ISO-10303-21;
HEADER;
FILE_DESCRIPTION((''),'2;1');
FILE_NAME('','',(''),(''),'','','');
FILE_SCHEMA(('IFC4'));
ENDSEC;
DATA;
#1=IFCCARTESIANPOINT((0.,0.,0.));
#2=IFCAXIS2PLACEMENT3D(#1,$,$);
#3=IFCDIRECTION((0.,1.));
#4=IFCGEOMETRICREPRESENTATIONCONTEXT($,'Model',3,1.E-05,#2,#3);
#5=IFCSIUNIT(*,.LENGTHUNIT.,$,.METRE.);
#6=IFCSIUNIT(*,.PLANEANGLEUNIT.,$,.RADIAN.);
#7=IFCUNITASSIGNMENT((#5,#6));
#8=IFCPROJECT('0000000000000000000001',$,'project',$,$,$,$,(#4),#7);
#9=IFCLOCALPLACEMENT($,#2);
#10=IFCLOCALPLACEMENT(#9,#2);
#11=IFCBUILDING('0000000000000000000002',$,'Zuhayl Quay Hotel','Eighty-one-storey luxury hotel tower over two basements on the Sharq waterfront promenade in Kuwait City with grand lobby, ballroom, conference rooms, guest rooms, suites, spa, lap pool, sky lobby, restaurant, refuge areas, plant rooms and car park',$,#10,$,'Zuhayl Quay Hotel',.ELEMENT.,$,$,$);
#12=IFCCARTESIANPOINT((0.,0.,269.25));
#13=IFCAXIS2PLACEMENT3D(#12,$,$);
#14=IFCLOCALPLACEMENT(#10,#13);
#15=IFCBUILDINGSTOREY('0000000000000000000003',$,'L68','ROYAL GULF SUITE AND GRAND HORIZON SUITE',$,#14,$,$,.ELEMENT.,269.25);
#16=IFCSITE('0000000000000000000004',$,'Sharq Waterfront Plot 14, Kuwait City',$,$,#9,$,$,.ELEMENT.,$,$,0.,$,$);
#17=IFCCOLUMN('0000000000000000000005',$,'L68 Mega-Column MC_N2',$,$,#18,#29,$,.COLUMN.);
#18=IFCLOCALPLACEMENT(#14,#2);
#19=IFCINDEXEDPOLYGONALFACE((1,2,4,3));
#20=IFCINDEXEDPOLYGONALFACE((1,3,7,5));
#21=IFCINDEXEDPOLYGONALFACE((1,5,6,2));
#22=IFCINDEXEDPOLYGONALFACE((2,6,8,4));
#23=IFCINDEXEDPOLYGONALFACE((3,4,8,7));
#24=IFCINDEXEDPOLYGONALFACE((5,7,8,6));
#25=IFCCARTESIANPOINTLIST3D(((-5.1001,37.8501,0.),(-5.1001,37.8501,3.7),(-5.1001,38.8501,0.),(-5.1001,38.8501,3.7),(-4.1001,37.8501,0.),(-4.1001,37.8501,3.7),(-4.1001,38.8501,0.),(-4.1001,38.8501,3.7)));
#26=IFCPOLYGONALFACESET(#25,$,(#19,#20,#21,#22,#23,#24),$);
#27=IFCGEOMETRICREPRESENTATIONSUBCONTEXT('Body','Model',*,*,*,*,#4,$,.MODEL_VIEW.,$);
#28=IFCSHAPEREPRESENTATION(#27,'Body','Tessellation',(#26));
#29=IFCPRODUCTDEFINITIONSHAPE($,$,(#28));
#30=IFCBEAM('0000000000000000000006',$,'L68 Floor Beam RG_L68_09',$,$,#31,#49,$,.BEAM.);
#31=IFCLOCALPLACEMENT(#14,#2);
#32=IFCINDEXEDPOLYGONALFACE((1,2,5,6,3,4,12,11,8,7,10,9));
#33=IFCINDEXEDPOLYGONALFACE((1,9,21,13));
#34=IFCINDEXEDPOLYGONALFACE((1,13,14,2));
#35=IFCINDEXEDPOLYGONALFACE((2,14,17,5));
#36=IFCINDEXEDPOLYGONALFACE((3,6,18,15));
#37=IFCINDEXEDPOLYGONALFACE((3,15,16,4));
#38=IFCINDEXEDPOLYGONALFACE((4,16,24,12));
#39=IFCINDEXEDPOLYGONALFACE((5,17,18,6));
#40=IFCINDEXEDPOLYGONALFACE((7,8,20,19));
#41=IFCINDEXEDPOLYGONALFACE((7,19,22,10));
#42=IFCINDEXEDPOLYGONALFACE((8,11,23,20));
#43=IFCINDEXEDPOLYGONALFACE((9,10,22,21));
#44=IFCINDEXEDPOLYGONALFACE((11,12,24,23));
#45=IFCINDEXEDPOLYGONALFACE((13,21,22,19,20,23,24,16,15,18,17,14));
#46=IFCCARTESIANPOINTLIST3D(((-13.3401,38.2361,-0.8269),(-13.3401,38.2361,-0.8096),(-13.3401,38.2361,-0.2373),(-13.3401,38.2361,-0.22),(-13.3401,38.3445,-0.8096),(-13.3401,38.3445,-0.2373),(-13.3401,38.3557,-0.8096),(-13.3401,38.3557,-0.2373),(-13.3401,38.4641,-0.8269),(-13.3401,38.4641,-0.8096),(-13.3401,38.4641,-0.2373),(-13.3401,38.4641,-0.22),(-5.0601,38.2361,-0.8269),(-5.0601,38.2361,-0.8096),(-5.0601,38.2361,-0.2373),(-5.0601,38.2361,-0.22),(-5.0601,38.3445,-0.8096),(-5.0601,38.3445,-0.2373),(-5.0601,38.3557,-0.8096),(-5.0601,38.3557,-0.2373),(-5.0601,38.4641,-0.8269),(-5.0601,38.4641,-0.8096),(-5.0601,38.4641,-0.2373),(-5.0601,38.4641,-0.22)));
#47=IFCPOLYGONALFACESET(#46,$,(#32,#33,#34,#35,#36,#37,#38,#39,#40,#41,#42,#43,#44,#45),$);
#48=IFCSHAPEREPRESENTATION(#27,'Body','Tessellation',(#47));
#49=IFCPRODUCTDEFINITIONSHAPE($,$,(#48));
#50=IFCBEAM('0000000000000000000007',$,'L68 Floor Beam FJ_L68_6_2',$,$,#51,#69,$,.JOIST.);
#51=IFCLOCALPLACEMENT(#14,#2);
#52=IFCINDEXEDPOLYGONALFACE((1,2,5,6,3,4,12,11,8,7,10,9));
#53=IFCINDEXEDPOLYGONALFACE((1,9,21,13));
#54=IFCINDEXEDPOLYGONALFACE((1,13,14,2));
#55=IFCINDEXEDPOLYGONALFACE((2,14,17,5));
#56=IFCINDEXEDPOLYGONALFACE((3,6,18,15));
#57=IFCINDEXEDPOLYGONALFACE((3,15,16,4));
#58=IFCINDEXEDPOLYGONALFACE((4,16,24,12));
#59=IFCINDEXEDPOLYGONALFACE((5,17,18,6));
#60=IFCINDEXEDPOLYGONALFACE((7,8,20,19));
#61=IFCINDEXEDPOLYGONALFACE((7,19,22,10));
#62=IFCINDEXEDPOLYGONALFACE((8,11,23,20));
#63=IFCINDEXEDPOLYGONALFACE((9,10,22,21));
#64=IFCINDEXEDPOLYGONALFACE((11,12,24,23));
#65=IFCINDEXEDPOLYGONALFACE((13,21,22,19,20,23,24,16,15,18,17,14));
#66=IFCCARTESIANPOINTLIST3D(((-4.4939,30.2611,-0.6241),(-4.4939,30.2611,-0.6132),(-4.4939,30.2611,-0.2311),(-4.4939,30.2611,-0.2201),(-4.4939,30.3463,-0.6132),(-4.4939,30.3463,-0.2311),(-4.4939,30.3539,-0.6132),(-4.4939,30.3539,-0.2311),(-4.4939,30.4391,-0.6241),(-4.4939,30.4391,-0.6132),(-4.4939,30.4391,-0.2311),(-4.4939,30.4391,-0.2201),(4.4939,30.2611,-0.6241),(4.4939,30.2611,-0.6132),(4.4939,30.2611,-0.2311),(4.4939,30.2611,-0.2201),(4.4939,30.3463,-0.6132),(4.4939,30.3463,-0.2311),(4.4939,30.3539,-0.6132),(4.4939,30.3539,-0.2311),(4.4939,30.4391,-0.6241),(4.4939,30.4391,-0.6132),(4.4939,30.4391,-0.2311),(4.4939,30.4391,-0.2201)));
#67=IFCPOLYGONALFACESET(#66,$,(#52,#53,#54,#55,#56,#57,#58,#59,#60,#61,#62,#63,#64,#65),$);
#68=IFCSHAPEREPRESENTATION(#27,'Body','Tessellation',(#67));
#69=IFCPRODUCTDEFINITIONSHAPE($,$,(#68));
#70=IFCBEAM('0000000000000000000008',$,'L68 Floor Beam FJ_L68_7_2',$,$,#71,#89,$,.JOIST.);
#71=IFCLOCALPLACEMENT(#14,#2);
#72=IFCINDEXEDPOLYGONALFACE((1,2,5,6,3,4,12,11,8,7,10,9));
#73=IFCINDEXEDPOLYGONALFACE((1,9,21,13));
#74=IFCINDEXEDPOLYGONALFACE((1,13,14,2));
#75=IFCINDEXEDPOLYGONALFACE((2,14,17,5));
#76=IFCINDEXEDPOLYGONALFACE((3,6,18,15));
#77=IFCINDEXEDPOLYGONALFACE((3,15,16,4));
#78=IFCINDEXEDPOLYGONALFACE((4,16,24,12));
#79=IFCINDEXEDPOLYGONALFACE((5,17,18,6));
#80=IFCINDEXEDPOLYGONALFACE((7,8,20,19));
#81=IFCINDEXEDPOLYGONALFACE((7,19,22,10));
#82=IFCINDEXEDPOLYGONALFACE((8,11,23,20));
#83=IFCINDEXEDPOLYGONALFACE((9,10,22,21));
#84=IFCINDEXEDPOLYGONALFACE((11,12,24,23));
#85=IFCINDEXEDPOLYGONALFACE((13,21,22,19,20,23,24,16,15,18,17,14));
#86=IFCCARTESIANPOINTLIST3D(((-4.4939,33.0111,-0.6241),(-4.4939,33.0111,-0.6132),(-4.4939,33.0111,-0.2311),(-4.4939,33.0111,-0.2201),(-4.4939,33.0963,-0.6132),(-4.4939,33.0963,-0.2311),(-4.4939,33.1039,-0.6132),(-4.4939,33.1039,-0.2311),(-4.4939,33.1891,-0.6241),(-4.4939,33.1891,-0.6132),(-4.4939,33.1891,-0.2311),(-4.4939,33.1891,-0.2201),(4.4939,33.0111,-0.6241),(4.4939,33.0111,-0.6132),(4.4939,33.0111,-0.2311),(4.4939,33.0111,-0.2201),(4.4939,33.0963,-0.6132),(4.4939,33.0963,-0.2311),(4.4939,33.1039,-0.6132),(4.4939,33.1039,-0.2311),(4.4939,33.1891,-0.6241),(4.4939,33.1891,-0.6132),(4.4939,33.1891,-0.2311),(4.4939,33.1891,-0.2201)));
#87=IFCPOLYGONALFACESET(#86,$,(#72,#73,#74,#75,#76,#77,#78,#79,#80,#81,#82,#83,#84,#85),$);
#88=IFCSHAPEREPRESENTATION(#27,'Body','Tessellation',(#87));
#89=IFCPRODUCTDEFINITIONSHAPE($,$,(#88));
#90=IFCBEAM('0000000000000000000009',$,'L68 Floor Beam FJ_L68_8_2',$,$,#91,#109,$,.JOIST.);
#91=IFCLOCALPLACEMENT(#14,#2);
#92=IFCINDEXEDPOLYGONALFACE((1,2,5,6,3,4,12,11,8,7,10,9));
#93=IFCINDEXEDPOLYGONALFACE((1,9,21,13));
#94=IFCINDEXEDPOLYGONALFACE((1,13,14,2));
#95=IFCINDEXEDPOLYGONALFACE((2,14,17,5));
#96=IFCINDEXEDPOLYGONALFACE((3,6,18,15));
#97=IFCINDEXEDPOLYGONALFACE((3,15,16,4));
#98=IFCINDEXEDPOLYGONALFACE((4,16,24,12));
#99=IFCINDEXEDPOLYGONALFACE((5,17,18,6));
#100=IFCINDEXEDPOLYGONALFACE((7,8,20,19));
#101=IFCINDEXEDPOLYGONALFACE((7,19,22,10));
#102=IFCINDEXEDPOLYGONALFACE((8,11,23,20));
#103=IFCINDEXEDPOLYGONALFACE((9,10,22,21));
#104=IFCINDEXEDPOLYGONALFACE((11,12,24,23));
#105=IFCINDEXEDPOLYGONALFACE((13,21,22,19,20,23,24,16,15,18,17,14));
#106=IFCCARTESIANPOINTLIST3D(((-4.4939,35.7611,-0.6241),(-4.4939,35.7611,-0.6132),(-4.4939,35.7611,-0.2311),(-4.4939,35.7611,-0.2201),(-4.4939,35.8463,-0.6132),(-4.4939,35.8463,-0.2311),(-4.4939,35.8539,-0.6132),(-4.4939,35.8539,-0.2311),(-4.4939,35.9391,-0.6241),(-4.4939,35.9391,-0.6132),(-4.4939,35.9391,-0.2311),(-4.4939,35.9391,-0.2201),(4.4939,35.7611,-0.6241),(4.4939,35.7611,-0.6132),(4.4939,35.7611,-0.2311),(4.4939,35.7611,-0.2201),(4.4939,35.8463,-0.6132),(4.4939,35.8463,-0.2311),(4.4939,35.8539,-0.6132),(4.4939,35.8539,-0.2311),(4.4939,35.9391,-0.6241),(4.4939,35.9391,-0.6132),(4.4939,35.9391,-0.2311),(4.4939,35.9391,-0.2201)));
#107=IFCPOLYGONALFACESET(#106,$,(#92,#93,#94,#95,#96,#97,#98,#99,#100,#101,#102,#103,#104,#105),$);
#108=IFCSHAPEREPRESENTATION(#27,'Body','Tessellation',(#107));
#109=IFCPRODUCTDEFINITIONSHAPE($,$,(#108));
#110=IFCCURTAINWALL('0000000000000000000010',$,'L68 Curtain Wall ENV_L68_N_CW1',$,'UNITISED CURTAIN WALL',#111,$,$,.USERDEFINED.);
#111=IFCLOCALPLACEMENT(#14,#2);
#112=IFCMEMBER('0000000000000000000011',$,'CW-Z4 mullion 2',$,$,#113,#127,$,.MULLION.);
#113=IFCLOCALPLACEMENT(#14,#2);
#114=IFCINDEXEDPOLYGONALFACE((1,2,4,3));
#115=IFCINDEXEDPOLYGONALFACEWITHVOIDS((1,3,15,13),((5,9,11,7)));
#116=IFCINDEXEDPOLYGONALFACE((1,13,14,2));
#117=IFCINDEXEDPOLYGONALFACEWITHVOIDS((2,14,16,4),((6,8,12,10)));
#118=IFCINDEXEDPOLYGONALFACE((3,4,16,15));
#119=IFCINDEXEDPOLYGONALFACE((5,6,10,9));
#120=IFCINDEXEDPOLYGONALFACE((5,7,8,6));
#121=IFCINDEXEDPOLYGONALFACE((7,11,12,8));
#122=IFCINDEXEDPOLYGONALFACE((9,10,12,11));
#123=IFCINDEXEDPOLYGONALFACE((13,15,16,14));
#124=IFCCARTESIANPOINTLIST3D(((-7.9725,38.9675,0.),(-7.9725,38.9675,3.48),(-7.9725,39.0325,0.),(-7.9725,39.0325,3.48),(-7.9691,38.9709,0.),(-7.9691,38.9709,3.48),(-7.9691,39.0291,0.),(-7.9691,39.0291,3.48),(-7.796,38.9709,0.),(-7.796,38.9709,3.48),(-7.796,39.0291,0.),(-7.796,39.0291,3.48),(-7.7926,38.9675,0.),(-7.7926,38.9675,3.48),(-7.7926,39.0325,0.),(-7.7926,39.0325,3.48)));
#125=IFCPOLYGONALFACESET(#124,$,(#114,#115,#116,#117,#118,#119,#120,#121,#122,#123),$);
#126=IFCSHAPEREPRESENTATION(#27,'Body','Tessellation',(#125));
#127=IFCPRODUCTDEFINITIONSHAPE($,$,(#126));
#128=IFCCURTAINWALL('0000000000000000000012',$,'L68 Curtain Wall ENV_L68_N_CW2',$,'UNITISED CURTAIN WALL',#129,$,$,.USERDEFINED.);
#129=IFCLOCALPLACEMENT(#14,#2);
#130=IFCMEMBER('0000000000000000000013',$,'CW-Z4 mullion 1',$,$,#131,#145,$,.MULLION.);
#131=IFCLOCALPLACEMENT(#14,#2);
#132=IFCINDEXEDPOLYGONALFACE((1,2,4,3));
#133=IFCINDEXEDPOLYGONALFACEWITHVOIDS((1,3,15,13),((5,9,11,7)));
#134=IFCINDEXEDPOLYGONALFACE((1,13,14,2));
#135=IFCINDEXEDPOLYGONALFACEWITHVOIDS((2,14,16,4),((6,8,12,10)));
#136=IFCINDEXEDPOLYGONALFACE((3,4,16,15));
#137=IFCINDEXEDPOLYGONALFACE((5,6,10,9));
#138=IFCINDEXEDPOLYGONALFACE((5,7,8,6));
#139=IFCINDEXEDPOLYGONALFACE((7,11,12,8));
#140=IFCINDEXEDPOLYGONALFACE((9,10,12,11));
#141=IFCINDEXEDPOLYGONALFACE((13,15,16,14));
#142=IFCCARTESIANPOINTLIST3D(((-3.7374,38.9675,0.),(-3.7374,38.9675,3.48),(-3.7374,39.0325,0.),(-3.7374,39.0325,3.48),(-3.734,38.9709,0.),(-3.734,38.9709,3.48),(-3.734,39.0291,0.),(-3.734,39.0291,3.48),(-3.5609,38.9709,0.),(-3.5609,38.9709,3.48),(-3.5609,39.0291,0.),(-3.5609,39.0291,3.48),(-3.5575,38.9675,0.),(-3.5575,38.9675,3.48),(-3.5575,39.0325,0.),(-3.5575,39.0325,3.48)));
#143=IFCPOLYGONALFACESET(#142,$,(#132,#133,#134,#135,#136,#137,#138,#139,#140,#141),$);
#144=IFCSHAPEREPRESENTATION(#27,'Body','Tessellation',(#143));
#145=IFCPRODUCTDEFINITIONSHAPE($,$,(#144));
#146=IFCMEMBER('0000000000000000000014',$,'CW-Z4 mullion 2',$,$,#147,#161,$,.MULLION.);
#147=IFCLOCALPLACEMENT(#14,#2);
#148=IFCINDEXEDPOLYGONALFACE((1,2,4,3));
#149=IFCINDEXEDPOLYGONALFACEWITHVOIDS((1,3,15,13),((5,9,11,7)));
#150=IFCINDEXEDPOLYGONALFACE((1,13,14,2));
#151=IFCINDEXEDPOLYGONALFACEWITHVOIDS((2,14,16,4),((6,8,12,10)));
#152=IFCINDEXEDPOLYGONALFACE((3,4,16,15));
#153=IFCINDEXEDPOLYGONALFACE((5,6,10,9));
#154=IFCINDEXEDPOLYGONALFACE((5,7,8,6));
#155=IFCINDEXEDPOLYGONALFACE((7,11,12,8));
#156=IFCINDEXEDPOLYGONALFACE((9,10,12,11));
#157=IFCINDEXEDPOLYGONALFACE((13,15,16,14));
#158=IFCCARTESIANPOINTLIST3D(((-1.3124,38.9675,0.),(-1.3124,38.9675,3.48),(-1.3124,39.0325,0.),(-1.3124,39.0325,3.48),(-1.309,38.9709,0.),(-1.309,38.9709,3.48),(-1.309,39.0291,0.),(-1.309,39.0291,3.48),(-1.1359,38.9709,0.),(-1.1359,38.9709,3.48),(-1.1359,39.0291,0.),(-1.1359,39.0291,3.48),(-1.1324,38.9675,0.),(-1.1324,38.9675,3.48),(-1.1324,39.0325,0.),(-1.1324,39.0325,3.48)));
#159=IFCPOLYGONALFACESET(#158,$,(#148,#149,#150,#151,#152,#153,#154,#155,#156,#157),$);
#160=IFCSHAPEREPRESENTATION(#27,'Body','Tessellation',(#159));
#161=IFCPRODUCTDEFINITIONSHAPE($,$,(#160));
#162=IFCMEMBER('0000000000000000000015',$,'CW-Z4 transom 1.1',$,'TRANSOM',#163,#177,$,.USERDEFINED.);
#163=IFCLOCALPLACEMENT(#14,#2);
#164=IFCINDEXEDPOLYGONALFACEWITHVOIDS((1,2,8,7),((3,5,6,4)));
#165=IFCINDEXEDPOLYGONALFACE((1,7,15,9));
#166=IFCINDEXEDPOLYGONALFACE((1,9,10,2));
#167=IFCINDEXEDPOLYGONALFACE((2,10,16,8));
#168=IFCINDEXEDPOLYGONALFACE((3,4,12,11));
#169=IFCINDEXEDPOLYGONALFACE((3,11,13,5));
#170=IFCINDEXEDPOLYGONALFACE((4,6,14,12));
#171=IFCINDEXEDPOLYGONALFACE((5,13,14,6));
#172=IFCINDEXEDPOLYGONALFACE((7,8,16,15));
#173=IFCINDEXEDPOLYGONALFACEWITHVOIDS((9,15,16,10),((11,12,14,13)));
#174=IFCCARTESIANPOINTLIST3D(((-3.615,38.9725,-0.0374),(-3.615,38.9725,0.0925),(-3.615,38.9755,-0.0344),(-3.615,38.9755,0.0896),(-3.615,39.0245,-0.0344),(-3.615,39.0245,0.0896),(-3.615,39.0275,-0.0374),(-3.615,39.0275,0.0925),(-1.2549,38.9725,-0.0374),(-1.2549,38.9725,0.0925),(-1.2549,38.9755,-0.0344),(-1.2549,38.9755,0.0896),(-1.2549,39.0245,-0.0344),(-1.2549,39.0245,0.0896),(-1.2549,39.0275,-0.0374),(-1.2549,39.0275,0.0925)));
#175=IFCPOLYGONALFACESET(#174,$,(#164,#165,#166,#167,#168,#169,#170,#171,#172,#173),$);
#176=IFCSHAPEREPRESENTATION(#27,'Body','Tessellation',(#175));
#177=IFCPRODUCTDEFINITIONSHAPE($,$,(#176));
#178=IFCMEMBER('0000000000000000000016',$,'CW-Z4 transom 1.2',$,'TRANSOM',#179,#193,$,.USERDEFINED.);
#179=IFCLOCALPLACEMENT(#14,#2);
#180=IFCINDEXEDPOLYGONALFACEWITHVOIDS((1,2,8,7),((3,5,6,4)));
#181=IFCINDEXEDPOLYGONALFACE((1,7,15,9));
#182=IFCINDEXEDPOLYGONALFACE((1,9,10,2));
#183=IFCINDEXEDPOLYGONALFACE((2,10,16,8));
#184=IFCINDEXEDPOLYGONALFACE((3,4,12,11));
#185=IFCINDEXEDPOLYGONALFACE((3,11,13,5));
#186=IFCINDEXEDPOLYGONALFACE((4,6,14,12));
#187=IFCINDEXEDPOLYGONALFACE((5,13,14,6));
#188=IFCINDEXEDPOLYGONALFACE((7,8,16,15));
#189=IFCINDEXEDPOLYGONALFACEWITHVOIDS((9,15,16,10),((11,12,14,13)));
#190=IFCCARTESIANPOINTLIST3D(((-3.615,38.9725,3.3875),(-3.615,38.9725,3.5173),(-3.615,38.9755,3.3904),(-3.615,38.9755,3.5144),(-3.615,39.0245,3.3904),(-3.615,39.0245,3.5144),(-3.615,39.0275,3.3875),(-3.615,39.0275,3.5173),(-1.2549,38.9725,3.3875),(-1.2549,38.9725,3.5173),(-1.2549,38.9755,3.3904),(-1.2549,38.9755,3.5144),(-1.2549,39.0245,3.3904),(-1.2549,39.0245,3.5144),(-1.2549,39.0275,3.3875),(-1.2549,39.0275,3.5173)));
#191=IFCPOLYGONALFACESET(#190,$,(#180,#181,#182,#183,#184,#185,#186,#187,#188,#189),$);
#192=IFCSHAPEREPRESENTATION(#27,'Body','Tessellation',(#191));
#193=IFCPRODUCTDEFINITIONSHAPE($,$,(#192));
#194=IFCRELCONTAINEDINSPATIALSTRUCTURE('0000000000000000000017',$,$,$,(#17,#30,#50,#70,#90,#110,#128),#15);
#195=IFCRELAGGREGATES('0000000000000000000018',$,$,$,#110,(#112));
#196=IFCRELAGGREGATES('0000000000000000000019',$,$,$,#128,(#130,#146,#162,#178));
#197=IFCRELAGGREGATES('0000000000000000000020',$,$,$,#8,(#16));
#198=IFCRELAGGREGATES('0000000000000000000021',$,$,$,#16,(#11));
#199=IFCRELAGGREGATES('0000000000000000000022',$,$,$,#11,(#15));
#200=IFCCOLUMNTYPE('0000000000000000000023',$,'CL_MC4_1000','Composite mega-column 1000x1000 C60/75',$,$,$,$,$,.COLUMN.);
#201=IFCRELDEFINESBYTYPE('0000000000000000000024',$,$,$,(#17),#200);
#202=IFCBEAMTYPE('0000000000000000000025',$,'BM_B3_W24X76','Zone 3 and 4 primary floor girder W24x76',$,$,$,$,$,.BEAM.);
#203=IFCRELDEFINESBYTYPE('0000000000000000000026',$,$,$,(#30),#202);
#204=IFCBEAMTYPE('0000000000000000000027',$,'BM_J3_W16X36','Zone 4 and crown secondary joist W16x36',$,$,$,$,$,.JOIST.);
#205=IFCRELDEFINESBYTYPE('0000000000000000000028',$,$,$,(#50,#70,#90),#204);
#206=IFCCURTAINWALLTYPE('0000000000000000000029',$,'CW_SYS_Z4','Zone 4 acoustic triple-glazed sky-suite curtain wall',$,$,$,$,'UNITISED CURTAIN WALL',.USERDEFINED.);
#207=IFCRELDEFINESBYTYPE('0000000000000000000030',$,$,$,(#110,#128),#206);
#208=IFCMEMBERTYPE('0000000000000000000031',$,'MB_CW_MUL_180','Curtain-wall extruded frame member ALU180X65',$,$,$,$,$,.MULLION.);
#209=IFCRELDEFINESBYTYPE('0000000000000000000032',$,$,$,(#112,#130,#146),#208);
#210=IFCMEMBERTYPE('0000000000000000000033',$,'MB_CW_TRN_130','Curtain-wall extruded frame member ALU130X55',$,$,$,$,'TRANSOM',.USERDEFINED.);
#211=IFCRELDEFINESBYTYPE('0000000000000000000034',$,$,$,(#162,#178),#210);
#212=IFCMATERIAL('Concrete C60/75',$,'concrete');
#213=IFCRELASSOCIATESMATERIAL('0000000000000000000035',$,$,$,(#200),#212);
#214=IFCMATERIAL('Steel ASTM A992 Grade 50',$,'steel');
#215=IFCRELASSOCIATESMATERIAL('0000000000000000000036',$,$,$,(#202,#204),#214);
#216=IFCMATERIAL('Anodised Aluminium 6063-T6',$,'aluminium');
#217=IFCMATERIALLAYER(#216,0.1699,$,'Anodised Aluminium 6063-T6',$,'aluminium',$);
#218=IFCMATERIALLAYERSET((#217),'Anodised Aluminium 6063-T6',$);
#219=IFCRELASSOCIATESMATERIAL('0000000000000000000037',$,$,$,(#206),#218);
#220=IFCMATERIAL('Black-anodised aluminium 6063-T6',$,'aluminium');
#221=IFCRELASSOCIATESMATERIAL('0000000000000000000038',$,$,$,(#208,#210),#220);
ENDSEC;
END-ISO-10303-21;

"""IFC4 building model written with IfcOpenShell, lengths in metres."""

from ifc_helpers import new_model, si_unit, direction, frame, origin, origin_2d, place, context, subcontext, project, spatial, rectangle, hollow_rectangle, i_section, extrude, material, layer, layer_set, material_profile, profile_set, type_object, element, aggregate, save


model = new_model("IFC4")

# Units and contexts
model_context = context("Model", 3, precision=1e-05, world=origin(), true_north=direction((0.0, 1.0)))
body_context = subcontext(model_context, "Body", "Model", "MODEL_VIEW")
ifc_project = project(units=[si_unit("LENGTHUNIT", "METRE"), si_unit("PLANEANGLEUNIT", "RADIAN")], contexts=[model_context])

# Site, building, storey
site_placement = place(None, origin())
site = spatial("IfcSite", under=ifc_project, at=site_placement, Name="Sharq Waterfront Plot 14, Kuwait City", CompositionType="ELEMENT", RefElevation=0.0)
building_placement = place(site_placement, origin())
building = spatial("IfcBuilding", under=site, at=building_placement, Name="Zuhayl Quay Hotel", Description="Eighty-one-storey luxury hotel tower over two basements on the Sharq waterfront promenade in Kuwait City with grand lobby, ballroom, conference rooms, guest rooms, suites, spa, lap pool, sky lobby, restaurant, refuge areas, plant rooms and car park", LongName="Zuhayl Quay Hotel", CompositionType="ELEMENT")
storey_placement = place(building_placement, frame((0.0, 0.0, 269.25)))
storey = spatial("IfcBuildingStorey", under=building, at=storey_placement, Name="L68", Description="ROYAL GULF SUITE AND GRAND HORIZON SUITE", CompositionType="ELEMENT", Elevation=269.25)

# Column
ifc_material_1 = material(Name="Concrete C60/75", Category="concrete")
ifc_material_profile_1 = material_profile(ifc_material_1, rectangle(XDim=1.0, YDim=1.0, at=origin_2d()), Name="RC1000X1000")
ifc_profile_set_1 = profile_set([ifc_material_profile_1], Name="Concrete C60/75")
column_type = type_object("IfcColumnType", Name="CL_MC4_1000", Description="Composite mega-column 1000x1000 C60/75", PredefinedType="COLUMN", material=ifc_profile_set_1)
column_placement = place(storey_placement, frame((-4.6001, 38.3501, 0.0), z_axis=(0.0, 0.0, 1.0), x_axis=(1.0, 0.0, 0.0)))
element("IfcColumn", 1, at=column_placement, inside=storey, type_object=column_type, Name="L68 Mega-Column MC_N2", PredefinedType="COLUMN", context=body_context, shape_type="SweptSolid", body=[
    extrude(rectangle(XDim=1.0, YDim=1.0, at=origin_2d()), origin(), (0.0, 0.0, 1.0), 3.7),
])

# Beams
ifc_material_2 = material(Name="Steel ASTM A992 Grade 50", Category="steel")
ifc_material_profile_2 = material_profile(ifc_material_2, i_section(OverallWidth=0.228, OverallDepth=0.6069, WebThickness=0.0112, FlangeThickness=0.0173, at=origin_2d()), Name="W24X76")
ifc_profile_set_2 = profile_set([ifc_material_profile_2], Name="Steel ASTM A992 Grade 50")
beam_type_1 = type_object("IfcBeamType", Name="BM_B3_W24X76", Description="Zone 3 and 4 primary floor girder W24x76", PredefinedType="BEAM", material=ifc_profile_set_2)
beam_placement = place(storey_placement, frame((-5.0601, 38.3501, -0.5234), z_axis=(-1.0, 0.0, 0.0), x_axis=(0.0, -1.0, 0.0)))
element("IfcBeam", 2, at=beam_placement, inside=storey, type_object=beam_type_1, Name="L68 Floor Beam RG_L68_09", PredefinedType="BEAM", context=body_context, shape_type="SweptSolid", body=[
    extrude(i_section(OverallWidth=0.228, OverallDepth=0.6069, WebThickness=0.0112, FlangeThickness=0.0173, at=origin_2d()), origin(), (0.0, 0.0, 1.0), 8.28),
])
ifc_material_profile_3 = material_profile(ifc_material_2, i_section(OverallWidth=0.178, OverallDepth=0.4041, WebThickness=0.0076, FlangeThickness=0.011, at=origin_2d()), Name="W16X36")
ifc_profile_set_3 = profile_set([ifc_material_profile_3], Name="Steel ASTM A992 Grade 50")
beam_type_2 = type_object("IfcBeamType", Name="BM_J3_W16X36", Description="Zone 4 and crown secondary joist W16x36", PredefinedType="JOIST", material=ifc_profile_set_3)
for number, where, z_axis, x_axis, name in (
    (3, (-4.4939, 30.3501, -0.4221), (1.0, 0.0, 0.0), (0.0, 1.0, 0.0), "L68 Floor Beam FJ_L68_6_2"),
    (4, (-4.4939, 33.1001, -0.4221), (1.0, 0.0, 0.0), (0.0, 1.0, 0.0), "L68 Floor Beam FJ_L68_7_2"),
    (5, (-4.4939, 35.8501, -0.4221), (1.0, 0.0, 0.0), (0.0, 1.0, 0.0), "L68 Floor Beam FJ_L68_8_2"),
):
    element("IfcBeam", number, at=place(storey_placement, frame(where, z_axis=z_axis, x_axis=x_axis)), inside=storey, type_object=beam_type_2, Name=name, PredefinedType="JOIST", context=body_context, shape_type="SweptSolid", body=[
        extrude(i_section(OverallWidth=0.178, OverallDepth=0.4041, WebThickness=0.0076, FlangeThickness=0.011, at=origin_2d()), origin(), (0.0, 0.0, 1.0), 8.9878),
    ])

# Curtain wall, member
ifc_material_3 = material(Name="Anodised Aluminium 6063-T6", Category="aluminium")
ifc_layer_1 = layer(ifc_material_3, 0.1699, Name="Anodised Aluminium 6063-T6", Category="aluminium")
ifc_layer_set_1 = layer_set([ifc_layer_1], Name="Anodised Aluminium 6063-T6")
curtain_wall_type = type_object("IfcCurtainWallType", Name="CW_SYS_Z4", Description="Zone 4 acoustic triple-glazed sky-suite curtain wall", ElementType="UNITISED CURTAIN WALL", PredefinedType="USERDEFINED", material=ifc_layer_set_1)
curtain_wall_1_placement = place(storey_placement, origin())
curtain_wall_1 = element("IfcCurtainWall", 6, at=curtain_wall_1_placement, inside=storey, type_object=curtain_wall_type, Name="L68 Curtain Wall ENV_L68_N_CW1", ObjectType="UNITISED CURTAIN WALL", PredefinedType="USERDEFINED")
ifc_material_4 = material(Name="Black-anodised aluminium 6063-T6", Category="aluminium")
ifc_material_profile_4 = material_profile(ifc_material_4, hollow_rectangle(XDim=0.0649, YDim=0.1799, WallThickness=0.0034, at=origin_2d()), Name="ALU180X65")
ifc_profile_set_4 = profile_set([ifc_material_profile_4], Name="Black-anodised aluminium 6063-T6")
member_type_1 = type_object("IfcMemberType", Name="MB_CW_MUL_180", Description="Curtain-wall extruded frame member ALU180X65", PredefinedType="MULLION", material=ifc_profile_set_4)
member_1_placement = place(storey_placement, frame((-7.8826, 39.0, 0.0), z_axis=(0.0, 0.0, 1.0), x_axis=(0.0, 1.0, 0.0)))
member_1 = element("IfcMember", 7, at=member_1_placement, type_object=member_type_1, Name="CW-Z4 mullion 2", PredefinedType="MULLION", context=body_context, shape_type="SweptSolid", body=[
    extrude(hollow_rectangle(XDim=0.0649, YDim=0.1799, WallThickness=0.0034, at=origin_2d()), origin(), (0.0, 0.0, 1.0), 3.48),
])
aggregate(curtain_wall_1, [member_1])

# Curtain wall, members
curtain_wall_2_placement = place(storey_placement, origin())
curtain_wall_2 = element("IfcCurtainWall", 8, at=curtain_wall_2_placement, inside=storey, type_object=curtain_wall_type, Name="L68 Curtain Wall ENV_L68_N_CW2", ObjectType="UNITISED CURTAIN WALL", PredefinedType="USERDEFINED")
member_2_placement = place(storey_placement, frame((-3.6475, 39.0, 0.0), z_axis=(0.0, 0.0, 1.0), x_axis=(0.0, 1.0, 0.0)))
member_2 = element("IfcMember", 9, at=member_2_placement, type_object=member_type_1, Name="CW-Z4 mullion 1", PredefinedType="MULLION", context=body_context, shape_type="SweptSolid", body=[
    extrude(hollow_rectangle(XDim=0.0649, YDim=0.1799, WallThickness=0.0034, at=origin_2d()), origin(), (0.0, 0.0, 1.0), 3.48),
])
member_3_placement = place(storey_placement, frame((-1.2224, 39.0, 0.0), z_axis=(0.0, 0.0, 1.0), x_axis=(0.0, 1.0, 0.0)))
member_3 = element("IfcMember", 10, at=member_3_placement, type_object=member_type_1, Name="CW-Z4 mullion 2", PredefinedType="MULLION", context=body_context, shape_type="SweptSolid", body=[
    extrude(hollow_rectangle(XDim=0.0649, YDim=0.1799, WallThickness=0.0034, at=origin_2d()), origin(), (0.0, 0.0, 1.0), 3.48),
])
ifc_material_profile_5 = material_profile(ifc_material_4, hollow_rectangle(XDim=0.0549, YDim=0.1299, WallThickness=0.0029, at=origin_2d()), Name="ALU130X55")
ifc_profile_set_5 = profile_set([ifc_material_profile_5], Name="Black-anodised aluminium 6063-T6")
member_type_2 = type_object("IfcMemberType", Name="MB_CW_TRN_130", Description="Curtain-wall extruded frame member ALU130X55", ElementType="TRANSOM", PredefinedType="USERDEFINED", material=ifc_profile_set_5)
member_4_placement = place(storey_placement, frame((-3.615, 39.0, 0.0276), z_axis=(1.0, 0.0, 0.0), x_axis=(0.0, 1.0, 0.0)))
member_4 = element("IfcMember", 11, at=member_4_placement, type_object=member_type_2, Name="CW-Z4 transom 1.1", ObjectType="TRANSOM", PredefinedType="USERDEFINED", context=body_context, shape_type="SweptSolid", body=[
    extrude(hollow_rectangle(XDim=0.0549, YDim=0.1299, WallThickness=0.0029, at=origin_2d()), origin(), (0.0, 0.0, 1.0), 2.3601),
])
member_5_placement = place(storey_placement, frame((-3.615, 39.0, 3.4524), z_axis=(1.0, 0.0, 0.0), x_axis=(0.0, 1.0, 0.0)))
member_5 = element("IfcMember", 12, at=member_5_placement, type_object=member_type_2, Name="CW-Z4 transom 1.2", ObjectType="TRANSOM", PredefinedType="USERDEFINED", context=body_context, shape_type="SweptSolid", body=[
    extrude(hollow_rectangle(XDim=0.0549, YDim=0.1299, WallThickness=0.0029, at=origin_2d()), origin(), (0.0, 0.0, 1.0), 2.3601),
])
aggregate(curtain_wall_2, [member_2, member_3, member_4, member_5])

save(model, "model.ifc")
